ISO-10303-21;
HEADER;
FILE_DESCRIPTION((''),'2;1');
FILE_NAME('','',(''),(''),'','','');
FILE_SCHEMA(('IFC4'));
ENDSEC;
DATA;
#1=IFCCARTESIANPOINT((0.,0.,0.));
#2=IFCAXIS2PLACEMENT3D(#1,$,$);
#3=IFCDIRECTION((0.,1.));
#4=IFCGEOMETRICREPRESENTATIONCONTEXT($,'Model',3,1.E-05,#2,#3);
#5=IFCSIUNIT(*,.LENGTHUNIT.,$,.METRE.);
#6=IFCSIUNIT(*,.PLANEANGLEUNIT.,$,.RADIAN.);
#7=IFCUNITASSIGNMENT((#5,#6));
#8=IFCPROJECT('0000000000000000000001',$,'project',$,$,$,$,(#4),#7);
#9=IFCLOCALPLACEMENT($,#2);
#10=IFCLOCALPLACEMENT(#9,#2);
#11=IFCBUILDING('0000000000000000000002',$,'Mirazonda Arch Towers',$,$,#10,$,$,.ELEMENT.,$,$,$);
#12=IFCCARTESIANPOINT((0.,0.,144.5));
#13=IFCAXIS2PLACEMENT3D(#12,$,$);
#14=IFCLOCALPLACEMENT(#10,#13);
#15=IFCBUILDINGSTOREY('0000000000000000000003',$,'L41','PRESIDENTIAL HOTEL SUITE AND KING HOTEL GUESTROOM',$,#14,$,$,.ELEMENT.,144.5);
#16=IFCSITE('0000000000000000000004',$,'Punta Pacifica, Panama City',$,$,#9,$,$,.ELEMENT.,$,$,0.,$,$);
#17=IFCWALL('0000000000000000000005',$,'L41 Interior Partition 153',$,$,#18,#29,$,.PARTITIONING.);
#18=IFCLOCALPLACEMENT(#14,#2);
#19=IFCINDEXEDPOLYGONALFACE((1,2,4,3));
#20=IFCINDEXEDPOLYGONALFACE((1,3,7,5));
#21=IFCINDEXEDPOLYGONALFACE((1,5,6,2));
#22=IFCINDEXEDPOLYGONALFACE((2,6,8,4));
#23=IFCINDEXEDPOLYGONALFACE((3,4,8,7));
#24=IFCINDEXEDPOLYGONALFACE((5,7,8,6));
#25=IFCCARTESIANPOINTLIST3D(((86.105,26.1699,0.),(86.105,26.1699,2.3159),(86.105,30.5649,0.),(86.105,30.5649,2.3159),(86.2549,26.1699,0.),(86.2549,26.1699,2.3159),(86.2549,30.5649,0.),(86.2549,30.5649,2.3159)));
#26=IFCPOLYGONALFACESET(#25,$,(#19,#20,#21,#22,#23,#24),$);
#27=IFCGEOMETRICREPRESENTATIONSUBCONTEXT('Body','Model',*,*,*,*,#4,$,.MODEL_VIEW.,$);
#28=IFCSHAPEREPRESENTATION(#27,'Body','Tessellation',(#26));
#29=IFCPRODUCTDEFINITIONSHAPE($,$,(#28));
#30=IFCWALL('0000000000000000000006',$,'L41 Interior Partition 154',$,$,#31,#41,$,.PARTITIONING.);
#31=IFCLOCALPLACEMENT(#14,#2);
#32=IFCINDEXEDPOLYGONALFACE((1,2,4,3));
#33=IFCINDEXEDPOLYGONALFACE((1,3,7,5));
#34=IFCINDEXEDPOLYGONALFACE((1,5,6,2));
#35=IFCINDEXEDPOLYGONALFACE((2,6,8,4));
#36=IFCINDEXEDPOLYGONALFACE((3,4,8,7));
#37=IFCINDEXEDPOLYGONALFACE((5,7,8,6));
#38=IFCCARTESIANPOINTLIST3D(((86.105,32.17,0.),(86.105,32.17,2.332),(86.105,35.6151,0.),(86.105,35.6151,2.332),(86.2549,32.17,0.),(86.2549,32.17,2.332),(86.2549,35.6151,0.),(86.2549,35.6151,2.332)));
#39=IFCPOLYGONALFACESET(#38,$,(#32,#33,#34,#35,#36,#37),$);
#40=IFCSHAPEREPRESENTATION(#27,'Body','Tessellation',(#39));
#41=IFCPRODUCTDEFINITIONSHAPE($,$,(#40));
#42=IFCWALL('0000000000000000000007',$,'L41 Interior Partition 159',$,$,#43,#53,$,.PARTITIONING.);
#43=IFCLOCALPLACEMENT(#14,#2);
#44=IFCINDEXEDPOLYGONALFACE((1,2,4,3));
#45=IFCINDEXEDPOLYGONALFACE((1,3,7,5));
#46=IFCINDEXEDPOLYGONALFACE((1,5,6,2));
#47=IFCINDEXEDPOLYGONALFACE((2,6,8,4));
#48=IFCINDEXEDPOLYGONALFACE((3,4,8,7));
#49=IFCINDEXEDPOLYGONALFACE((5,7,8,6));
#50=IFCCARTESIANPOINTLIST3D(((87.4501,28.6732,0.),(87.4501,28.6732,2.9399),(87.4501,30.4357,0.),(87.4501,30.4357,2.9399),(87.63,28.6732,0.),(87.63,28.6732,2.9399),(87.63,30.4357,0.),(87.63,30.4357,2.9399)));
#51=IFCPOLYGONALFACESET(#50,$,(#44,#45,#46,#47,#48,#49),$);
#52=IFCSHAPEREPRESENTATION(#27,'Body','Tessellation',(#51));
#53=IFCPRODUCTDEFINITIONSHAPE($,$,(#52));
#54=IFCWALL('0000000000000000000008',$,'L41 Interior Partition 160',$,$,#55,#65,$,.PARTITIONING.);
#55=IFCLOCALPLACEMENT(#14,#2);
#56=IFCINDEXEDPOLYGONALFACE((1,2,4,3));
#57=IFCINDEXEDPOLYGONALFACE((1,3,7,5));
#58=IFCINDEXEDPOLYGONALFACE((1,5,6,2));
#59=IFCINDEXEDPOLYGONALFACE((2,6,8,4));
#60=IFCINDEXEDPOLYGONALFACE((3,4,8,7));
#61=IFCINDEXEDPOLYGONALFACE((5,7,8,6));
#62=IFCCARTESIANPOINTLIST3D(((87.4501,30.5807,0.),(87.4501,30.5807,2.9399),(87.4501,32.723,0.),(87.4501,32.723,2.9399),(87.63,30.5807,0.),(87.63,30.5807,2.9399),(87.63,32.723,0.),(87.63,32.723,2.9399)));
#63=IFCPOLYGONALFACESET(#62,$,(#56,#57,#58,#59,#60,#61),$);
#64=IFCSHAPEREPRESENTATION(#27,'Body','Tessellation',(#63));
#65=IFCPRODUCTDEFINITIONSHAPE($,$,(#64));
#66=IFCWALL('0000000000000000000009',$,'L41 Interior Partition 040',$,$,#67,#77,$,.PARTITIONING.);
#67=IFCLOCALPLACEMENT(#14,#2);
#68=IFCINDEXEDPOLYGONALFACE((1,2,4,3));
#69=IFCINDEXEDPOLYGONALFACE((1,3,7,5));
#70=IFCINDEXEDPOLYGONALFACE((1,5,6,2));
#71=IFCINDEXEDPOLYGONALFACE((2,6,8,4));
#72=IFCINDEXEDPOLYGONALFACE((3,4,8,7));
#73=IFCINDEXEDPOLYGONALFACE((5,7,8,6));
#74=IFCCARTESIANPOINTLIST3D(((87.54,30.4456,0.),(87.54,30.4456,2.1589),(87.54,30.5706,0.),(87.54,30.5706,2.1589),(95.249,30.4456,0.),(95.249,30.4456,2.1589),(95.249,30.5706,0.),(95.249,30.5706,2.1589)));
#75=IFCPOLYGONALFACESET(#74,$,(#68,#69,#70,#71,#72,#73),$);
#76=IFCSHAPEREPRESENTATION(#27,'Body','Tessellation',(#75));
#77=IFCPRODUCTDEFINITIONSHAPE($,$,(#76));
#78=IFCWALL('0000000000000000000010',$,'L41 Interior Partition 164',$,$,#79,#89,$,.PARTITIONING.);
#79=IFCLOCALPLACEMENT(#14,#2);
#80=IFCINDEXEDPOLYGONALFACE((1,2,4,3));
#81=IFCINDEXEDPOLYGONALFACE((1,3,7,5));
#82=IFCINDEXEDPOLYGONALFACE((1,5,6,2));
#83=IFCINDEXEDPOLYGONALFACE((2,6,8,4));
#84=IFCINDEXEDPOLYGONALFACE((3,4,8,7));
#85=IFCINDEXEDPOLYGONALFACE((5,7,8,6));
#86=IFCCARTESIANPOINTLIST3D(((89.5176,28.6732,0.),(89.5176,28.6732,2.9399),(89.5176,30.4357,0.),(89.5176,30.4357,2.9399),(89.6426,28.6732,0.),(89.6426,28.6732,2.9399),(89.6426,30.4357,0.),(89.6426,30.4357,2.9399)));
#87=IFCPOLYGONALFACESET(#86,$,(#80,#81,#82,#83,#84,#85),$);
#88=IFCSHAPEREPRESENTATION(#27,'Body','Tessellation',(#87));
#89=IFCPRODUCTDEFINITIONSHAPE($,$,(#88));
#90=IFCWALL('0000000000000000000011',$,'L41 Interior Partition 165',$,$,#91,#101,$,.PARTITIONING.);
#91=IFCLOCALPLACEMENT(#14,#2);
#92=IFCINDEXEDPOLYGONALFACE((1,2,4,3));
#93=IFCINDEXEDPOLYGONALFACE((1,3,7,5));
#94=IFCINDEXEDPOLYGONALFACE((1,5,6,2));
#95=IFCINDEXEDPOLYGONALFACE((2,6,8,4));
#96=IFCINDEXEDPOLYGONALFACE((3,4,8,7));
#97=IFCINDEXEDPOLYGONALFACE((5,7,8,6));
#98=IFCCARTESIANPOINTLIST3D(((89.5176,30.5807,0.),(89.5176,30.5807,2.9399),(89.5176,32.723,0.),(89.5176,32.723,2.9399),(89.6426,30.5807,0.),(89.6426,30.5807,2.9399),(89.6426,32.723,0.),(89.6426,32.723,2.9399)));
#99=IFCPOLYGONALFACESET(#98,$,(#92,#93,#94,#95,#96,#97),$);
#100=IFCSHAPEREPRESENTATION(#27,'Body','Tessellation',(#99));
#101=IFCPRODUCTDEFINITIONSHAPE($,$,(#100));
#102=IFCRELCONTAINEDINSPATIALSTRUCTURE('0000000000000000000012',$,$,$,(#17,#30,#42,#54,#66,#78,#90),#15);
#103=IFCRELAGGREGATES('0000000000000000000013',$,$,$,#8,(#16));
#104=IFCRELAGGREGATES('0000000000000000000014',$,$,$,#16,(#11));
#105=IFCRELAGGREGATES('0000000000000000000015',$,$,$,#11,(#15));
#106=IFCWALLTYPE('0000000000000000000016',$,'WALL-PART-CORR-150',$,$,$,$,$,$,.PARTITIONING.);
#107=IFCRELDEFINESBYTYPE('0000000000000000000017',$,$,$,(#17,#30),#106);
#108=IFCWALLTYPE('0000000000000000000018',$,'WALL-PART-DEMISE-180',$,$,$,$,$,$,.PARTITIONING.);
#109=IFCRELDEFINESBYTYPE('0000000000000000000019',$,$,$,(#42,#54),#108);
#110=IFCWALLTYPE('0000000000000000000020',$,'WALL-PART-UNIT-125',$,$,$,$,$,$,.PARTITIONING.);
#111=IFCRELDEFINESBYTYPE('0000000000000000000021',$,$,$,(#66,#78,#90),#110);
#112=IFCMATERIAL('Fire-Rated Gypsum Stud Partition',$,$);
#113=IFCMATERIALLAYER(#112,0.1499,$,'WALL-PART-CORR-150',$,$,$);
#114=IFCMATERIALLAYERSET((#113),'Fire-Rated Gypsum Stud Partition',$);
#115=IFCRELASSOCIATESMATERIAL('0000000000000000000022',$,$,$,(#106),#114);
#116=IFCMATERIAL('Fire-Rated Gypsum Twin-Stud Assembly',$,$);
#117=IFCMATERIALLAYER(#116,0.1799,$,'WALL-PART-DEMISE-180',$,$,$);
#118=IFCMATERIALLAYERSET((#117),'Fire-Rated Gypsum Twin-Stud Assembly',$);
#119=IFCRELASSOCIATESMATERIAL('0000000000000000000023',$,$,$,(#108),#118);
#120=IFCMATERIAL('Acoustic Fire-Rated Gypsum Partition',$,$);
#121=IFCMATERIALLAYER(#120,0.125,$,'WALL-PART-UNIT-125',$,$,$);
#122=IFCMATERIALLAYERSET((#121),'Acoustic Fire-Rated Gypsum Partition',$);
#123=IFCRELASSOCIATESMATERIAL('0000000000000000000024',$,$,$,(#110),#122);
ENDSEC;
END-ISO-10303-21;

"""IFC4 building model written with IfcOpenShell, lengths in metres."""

from ifc_helpers import new_model, si_unit, direction, frame, frame_2d, origin, place, context, subcontext, project, spatial, rectangle, extrude, material, layer, layer_set, type_object, element, save


model = new_model("IFC4")

# Units and contexts
model_context = context("Model", 3, precision=1e-05, world=origin(), true_north=direction((0.0, 1.0)))
body_context = subcontext(model_context, "Body", "Model", "MODEL_VIEW")
ifc_project = project(units=[si_unit("LENGTHUNIT", "METRE"), si_unit("PLANEANGLEUNIT", "RADIAN")], contexts=[model_context])

# Site, building, storey
site_placement = place(None, origin())
site = spatial("IfcSite", under=ifc_project, at=site_placement, Name="Punta Pacifica, Panama City", CompositionType="ELEMENT", RefElevation=0.0)
building_placement = place(site_placement, origin())
building = spatial("IfcBuilding", under=site, at=building_placement, Name="Mirazonda Arch Towers", CompositionType="ELEMENT")
storey_placement = place(building_placement, frame((0.0, 0.0, 144.5)))
storey = spatial("IfcBuildingStorey", under=building, at=storey_placement, Name="L41", Description="PRESIDENTIAL HOTEL SUITE AND KING HOTEL GUESTROOM", CompositionType="ELEMENT", Elevation=144.5)

# Shared definitions
ifc_material_1 = material(Name="Fire-Rated Gypsum Stud Partition")
ifc_layer_1 = layer(ifc_material_1, 0.1499, Name="WALL-PART-CORR-150")
ifc_layer_set_1 = layer_set([ifc_layer_1], Name="Fire-Rated Gypsum Stud Partition")
wall_type_1 = type_object("IfcWallType", Name="WALL-PART-CORR-150", PredefinedType="PARTITIONING", material=ifc_layer_set_1)

# Walls
wall_1_placement = place(storey_placement, frame((86.1799, 26.1699, 0.0), z_axis=(0.0, 0.0, 1.0), x_axis=(0.0, 1.0, 0.0)))
element("IfcWall", 1, at=wall_1_placement, inside=storey, type_object=wall_type_1, Name="L41 Interior Partition 153", PredefinedType="PARTITIONING", context=body_context, shape_type="SweptSolid", body=[
    extrude(rectangle(XDim=4.395, YDim=0.1499, at=frame_2d((2.1975, 0.0))), origin(), (0.0, 0.0, 1.0), 2.3159),
])
wall_2_placement = place(storey_placement, frame((86.1799, 32.1699, 0.0), z_axis=(0.0, 0.0, 1.0), x_axis=(0.0, 1.0, 0.0)))
element("IfcWall", 2, at=wall_2_placement, inside=storey, type_object=wall_type_1, Name="L41 Interior Partition 154", PredefinedType="PARTITIONING", context=body_context, shape_type="SweptSolid", body=[
    extrude(rectangle(XDim=3.4451, YDim=0.1499, at=frame_2d((1.7227, 0.0))), origin(), (0.0, 0.0, 1.0), 2.332),
])
ifc_material_2 = material(Name="Fire-Rated Gypsum Twin-Stud Assembly")
ifc_layer_2 = layer(ifc_material_2, 0.1799, Name="WALL-PART-DEMISE-180")
ifc_layer_set_2 = layer_set([ifc_layer_2], Name="Fire-Rated Gypsum Twin-Stud Assembly")
wall_type_2 = type_object("IfcWallType", Name="WALL-PART-DEMISE-180", PredefinedType="PARTITIONING", material=ifc_layer_set_2)
wall_3_placement = place(storey_placement, frame((87.54, 28.6731, 0.0), z_axis=(0.0, 0.0, 1.0), x_axis=(0.0, 1.0, 0.0)))
element("IfcWall", 3, at=wall_3_placement, inside=storey, type_object=wall_type_2, Name="L41 Interior Partition 159", PredefinedType="PARTITIONING", context=body_context, shape_type="SweptSolid", body=[
    extrude(rectangle(XDim=1.7625, YDim=0.1799, at=frame_2d((0.8813, 0.0))), origin(), (0.0, 0.0, 1.0), 2.9399),
])
wall_4_placement = place(storey_placement, frame((87.54, 30.5806, 0.0), z_axis=(0.0, 0.0, 1.0), x_axis=(0.0, 1.0, 0.0)))
element("IfcWall", 4, at=wall_4_placement, inside=storey, type_object=wall_type_2, Name="L41 Interior Partition 160", PredefinedType="PARTITIONING", context=body_context, shape_type="SweptSolid", body=[
    extrude(rectangle(XDim=2.1423, YDim=0.1799, at=frame_2d((1.0713, 0.0))), origin(), (0.0, 0.0, 1.0), 2.9399),
])
ifc_material_3 = material(Name="Acoustic Fire-Rated Gypsum Partition")
ifc_layer_3 = layer(ifc_material_3, 0.125, Name="WALL-PART-UNIT-125")
ifc_layer_set_3 = layer_set([ifc_layer_3], Name="Acoustic Fire-Rated Gypsum Partition")
wall_type_3 = type_object("IfcWallType", Name="WALL-PART-UNIT-125", PredefinedType="PARTITIONING", material=ifc_layer_set_3)
wall_5_placement = place(storey_placement, frame((87.54, 30.5081, 0.0), z_axis=(0.0, 0.0, 1.0), x_axis=(1.0, 0.0, 0.0)))
element("IfcWall", 5, at=wall_5_placement, inside=storey, type_object=wall_type_3, Name="L41 Interior Partition 040", PredefinedType="PARTITIONING", context=body_context, shape_type="SweptSolid", body=[
    extrude(rectangle(XDim=7.709, YDim=0.125, at=frame_2d((3.8545, 0.0))), origin(), (0.0, 0.0, 1.0), 2.1589),
])
wall_6_placement = place(storey_placement, frame((89.5801, 28.6731, 0.0), z_axis=(0.0, 0.0, 1.0), x_axis=(0.0, 1.0, 0.0)))
element("IfcWall", 6, at=wall_6_placement, inside=storey, type_object=wall_type_3, Name="L41 Interior Partition 164", PredefinedType="PARTITIONING", context=body_context, shape_type="SweptSolid", body=[
    extrude(rectangle(XDim=1.7625, YDim=0.125, at=frame_2d((0.8813, 0.0))), origin(), (0.0, 0.0, 1.0), 2.9399),
])
wall_7_placement = place(storey_placement, frame((89.5801, 30.5806, 0.0), z_axis=(0.0, 0.0, 1.0), x_axis=(0.0, 1.0, 0.0)))
element("IfcWall", 7, at=wall_7_placement, inside=storey, type_object=wall_type_3, Name="L41 Interior Partition 165", PredefinedType="PARTITIONING", context=body_context, shape_type="SweptSolid", body=[
    extrude(rectangle(XDim=2.1423, YDim=0.125, at=frame_2d((1.0713, 0.0))), origin(), (0.0, 0.0, 1.0), 2.9399),
])

save(model, "model.ifc")
